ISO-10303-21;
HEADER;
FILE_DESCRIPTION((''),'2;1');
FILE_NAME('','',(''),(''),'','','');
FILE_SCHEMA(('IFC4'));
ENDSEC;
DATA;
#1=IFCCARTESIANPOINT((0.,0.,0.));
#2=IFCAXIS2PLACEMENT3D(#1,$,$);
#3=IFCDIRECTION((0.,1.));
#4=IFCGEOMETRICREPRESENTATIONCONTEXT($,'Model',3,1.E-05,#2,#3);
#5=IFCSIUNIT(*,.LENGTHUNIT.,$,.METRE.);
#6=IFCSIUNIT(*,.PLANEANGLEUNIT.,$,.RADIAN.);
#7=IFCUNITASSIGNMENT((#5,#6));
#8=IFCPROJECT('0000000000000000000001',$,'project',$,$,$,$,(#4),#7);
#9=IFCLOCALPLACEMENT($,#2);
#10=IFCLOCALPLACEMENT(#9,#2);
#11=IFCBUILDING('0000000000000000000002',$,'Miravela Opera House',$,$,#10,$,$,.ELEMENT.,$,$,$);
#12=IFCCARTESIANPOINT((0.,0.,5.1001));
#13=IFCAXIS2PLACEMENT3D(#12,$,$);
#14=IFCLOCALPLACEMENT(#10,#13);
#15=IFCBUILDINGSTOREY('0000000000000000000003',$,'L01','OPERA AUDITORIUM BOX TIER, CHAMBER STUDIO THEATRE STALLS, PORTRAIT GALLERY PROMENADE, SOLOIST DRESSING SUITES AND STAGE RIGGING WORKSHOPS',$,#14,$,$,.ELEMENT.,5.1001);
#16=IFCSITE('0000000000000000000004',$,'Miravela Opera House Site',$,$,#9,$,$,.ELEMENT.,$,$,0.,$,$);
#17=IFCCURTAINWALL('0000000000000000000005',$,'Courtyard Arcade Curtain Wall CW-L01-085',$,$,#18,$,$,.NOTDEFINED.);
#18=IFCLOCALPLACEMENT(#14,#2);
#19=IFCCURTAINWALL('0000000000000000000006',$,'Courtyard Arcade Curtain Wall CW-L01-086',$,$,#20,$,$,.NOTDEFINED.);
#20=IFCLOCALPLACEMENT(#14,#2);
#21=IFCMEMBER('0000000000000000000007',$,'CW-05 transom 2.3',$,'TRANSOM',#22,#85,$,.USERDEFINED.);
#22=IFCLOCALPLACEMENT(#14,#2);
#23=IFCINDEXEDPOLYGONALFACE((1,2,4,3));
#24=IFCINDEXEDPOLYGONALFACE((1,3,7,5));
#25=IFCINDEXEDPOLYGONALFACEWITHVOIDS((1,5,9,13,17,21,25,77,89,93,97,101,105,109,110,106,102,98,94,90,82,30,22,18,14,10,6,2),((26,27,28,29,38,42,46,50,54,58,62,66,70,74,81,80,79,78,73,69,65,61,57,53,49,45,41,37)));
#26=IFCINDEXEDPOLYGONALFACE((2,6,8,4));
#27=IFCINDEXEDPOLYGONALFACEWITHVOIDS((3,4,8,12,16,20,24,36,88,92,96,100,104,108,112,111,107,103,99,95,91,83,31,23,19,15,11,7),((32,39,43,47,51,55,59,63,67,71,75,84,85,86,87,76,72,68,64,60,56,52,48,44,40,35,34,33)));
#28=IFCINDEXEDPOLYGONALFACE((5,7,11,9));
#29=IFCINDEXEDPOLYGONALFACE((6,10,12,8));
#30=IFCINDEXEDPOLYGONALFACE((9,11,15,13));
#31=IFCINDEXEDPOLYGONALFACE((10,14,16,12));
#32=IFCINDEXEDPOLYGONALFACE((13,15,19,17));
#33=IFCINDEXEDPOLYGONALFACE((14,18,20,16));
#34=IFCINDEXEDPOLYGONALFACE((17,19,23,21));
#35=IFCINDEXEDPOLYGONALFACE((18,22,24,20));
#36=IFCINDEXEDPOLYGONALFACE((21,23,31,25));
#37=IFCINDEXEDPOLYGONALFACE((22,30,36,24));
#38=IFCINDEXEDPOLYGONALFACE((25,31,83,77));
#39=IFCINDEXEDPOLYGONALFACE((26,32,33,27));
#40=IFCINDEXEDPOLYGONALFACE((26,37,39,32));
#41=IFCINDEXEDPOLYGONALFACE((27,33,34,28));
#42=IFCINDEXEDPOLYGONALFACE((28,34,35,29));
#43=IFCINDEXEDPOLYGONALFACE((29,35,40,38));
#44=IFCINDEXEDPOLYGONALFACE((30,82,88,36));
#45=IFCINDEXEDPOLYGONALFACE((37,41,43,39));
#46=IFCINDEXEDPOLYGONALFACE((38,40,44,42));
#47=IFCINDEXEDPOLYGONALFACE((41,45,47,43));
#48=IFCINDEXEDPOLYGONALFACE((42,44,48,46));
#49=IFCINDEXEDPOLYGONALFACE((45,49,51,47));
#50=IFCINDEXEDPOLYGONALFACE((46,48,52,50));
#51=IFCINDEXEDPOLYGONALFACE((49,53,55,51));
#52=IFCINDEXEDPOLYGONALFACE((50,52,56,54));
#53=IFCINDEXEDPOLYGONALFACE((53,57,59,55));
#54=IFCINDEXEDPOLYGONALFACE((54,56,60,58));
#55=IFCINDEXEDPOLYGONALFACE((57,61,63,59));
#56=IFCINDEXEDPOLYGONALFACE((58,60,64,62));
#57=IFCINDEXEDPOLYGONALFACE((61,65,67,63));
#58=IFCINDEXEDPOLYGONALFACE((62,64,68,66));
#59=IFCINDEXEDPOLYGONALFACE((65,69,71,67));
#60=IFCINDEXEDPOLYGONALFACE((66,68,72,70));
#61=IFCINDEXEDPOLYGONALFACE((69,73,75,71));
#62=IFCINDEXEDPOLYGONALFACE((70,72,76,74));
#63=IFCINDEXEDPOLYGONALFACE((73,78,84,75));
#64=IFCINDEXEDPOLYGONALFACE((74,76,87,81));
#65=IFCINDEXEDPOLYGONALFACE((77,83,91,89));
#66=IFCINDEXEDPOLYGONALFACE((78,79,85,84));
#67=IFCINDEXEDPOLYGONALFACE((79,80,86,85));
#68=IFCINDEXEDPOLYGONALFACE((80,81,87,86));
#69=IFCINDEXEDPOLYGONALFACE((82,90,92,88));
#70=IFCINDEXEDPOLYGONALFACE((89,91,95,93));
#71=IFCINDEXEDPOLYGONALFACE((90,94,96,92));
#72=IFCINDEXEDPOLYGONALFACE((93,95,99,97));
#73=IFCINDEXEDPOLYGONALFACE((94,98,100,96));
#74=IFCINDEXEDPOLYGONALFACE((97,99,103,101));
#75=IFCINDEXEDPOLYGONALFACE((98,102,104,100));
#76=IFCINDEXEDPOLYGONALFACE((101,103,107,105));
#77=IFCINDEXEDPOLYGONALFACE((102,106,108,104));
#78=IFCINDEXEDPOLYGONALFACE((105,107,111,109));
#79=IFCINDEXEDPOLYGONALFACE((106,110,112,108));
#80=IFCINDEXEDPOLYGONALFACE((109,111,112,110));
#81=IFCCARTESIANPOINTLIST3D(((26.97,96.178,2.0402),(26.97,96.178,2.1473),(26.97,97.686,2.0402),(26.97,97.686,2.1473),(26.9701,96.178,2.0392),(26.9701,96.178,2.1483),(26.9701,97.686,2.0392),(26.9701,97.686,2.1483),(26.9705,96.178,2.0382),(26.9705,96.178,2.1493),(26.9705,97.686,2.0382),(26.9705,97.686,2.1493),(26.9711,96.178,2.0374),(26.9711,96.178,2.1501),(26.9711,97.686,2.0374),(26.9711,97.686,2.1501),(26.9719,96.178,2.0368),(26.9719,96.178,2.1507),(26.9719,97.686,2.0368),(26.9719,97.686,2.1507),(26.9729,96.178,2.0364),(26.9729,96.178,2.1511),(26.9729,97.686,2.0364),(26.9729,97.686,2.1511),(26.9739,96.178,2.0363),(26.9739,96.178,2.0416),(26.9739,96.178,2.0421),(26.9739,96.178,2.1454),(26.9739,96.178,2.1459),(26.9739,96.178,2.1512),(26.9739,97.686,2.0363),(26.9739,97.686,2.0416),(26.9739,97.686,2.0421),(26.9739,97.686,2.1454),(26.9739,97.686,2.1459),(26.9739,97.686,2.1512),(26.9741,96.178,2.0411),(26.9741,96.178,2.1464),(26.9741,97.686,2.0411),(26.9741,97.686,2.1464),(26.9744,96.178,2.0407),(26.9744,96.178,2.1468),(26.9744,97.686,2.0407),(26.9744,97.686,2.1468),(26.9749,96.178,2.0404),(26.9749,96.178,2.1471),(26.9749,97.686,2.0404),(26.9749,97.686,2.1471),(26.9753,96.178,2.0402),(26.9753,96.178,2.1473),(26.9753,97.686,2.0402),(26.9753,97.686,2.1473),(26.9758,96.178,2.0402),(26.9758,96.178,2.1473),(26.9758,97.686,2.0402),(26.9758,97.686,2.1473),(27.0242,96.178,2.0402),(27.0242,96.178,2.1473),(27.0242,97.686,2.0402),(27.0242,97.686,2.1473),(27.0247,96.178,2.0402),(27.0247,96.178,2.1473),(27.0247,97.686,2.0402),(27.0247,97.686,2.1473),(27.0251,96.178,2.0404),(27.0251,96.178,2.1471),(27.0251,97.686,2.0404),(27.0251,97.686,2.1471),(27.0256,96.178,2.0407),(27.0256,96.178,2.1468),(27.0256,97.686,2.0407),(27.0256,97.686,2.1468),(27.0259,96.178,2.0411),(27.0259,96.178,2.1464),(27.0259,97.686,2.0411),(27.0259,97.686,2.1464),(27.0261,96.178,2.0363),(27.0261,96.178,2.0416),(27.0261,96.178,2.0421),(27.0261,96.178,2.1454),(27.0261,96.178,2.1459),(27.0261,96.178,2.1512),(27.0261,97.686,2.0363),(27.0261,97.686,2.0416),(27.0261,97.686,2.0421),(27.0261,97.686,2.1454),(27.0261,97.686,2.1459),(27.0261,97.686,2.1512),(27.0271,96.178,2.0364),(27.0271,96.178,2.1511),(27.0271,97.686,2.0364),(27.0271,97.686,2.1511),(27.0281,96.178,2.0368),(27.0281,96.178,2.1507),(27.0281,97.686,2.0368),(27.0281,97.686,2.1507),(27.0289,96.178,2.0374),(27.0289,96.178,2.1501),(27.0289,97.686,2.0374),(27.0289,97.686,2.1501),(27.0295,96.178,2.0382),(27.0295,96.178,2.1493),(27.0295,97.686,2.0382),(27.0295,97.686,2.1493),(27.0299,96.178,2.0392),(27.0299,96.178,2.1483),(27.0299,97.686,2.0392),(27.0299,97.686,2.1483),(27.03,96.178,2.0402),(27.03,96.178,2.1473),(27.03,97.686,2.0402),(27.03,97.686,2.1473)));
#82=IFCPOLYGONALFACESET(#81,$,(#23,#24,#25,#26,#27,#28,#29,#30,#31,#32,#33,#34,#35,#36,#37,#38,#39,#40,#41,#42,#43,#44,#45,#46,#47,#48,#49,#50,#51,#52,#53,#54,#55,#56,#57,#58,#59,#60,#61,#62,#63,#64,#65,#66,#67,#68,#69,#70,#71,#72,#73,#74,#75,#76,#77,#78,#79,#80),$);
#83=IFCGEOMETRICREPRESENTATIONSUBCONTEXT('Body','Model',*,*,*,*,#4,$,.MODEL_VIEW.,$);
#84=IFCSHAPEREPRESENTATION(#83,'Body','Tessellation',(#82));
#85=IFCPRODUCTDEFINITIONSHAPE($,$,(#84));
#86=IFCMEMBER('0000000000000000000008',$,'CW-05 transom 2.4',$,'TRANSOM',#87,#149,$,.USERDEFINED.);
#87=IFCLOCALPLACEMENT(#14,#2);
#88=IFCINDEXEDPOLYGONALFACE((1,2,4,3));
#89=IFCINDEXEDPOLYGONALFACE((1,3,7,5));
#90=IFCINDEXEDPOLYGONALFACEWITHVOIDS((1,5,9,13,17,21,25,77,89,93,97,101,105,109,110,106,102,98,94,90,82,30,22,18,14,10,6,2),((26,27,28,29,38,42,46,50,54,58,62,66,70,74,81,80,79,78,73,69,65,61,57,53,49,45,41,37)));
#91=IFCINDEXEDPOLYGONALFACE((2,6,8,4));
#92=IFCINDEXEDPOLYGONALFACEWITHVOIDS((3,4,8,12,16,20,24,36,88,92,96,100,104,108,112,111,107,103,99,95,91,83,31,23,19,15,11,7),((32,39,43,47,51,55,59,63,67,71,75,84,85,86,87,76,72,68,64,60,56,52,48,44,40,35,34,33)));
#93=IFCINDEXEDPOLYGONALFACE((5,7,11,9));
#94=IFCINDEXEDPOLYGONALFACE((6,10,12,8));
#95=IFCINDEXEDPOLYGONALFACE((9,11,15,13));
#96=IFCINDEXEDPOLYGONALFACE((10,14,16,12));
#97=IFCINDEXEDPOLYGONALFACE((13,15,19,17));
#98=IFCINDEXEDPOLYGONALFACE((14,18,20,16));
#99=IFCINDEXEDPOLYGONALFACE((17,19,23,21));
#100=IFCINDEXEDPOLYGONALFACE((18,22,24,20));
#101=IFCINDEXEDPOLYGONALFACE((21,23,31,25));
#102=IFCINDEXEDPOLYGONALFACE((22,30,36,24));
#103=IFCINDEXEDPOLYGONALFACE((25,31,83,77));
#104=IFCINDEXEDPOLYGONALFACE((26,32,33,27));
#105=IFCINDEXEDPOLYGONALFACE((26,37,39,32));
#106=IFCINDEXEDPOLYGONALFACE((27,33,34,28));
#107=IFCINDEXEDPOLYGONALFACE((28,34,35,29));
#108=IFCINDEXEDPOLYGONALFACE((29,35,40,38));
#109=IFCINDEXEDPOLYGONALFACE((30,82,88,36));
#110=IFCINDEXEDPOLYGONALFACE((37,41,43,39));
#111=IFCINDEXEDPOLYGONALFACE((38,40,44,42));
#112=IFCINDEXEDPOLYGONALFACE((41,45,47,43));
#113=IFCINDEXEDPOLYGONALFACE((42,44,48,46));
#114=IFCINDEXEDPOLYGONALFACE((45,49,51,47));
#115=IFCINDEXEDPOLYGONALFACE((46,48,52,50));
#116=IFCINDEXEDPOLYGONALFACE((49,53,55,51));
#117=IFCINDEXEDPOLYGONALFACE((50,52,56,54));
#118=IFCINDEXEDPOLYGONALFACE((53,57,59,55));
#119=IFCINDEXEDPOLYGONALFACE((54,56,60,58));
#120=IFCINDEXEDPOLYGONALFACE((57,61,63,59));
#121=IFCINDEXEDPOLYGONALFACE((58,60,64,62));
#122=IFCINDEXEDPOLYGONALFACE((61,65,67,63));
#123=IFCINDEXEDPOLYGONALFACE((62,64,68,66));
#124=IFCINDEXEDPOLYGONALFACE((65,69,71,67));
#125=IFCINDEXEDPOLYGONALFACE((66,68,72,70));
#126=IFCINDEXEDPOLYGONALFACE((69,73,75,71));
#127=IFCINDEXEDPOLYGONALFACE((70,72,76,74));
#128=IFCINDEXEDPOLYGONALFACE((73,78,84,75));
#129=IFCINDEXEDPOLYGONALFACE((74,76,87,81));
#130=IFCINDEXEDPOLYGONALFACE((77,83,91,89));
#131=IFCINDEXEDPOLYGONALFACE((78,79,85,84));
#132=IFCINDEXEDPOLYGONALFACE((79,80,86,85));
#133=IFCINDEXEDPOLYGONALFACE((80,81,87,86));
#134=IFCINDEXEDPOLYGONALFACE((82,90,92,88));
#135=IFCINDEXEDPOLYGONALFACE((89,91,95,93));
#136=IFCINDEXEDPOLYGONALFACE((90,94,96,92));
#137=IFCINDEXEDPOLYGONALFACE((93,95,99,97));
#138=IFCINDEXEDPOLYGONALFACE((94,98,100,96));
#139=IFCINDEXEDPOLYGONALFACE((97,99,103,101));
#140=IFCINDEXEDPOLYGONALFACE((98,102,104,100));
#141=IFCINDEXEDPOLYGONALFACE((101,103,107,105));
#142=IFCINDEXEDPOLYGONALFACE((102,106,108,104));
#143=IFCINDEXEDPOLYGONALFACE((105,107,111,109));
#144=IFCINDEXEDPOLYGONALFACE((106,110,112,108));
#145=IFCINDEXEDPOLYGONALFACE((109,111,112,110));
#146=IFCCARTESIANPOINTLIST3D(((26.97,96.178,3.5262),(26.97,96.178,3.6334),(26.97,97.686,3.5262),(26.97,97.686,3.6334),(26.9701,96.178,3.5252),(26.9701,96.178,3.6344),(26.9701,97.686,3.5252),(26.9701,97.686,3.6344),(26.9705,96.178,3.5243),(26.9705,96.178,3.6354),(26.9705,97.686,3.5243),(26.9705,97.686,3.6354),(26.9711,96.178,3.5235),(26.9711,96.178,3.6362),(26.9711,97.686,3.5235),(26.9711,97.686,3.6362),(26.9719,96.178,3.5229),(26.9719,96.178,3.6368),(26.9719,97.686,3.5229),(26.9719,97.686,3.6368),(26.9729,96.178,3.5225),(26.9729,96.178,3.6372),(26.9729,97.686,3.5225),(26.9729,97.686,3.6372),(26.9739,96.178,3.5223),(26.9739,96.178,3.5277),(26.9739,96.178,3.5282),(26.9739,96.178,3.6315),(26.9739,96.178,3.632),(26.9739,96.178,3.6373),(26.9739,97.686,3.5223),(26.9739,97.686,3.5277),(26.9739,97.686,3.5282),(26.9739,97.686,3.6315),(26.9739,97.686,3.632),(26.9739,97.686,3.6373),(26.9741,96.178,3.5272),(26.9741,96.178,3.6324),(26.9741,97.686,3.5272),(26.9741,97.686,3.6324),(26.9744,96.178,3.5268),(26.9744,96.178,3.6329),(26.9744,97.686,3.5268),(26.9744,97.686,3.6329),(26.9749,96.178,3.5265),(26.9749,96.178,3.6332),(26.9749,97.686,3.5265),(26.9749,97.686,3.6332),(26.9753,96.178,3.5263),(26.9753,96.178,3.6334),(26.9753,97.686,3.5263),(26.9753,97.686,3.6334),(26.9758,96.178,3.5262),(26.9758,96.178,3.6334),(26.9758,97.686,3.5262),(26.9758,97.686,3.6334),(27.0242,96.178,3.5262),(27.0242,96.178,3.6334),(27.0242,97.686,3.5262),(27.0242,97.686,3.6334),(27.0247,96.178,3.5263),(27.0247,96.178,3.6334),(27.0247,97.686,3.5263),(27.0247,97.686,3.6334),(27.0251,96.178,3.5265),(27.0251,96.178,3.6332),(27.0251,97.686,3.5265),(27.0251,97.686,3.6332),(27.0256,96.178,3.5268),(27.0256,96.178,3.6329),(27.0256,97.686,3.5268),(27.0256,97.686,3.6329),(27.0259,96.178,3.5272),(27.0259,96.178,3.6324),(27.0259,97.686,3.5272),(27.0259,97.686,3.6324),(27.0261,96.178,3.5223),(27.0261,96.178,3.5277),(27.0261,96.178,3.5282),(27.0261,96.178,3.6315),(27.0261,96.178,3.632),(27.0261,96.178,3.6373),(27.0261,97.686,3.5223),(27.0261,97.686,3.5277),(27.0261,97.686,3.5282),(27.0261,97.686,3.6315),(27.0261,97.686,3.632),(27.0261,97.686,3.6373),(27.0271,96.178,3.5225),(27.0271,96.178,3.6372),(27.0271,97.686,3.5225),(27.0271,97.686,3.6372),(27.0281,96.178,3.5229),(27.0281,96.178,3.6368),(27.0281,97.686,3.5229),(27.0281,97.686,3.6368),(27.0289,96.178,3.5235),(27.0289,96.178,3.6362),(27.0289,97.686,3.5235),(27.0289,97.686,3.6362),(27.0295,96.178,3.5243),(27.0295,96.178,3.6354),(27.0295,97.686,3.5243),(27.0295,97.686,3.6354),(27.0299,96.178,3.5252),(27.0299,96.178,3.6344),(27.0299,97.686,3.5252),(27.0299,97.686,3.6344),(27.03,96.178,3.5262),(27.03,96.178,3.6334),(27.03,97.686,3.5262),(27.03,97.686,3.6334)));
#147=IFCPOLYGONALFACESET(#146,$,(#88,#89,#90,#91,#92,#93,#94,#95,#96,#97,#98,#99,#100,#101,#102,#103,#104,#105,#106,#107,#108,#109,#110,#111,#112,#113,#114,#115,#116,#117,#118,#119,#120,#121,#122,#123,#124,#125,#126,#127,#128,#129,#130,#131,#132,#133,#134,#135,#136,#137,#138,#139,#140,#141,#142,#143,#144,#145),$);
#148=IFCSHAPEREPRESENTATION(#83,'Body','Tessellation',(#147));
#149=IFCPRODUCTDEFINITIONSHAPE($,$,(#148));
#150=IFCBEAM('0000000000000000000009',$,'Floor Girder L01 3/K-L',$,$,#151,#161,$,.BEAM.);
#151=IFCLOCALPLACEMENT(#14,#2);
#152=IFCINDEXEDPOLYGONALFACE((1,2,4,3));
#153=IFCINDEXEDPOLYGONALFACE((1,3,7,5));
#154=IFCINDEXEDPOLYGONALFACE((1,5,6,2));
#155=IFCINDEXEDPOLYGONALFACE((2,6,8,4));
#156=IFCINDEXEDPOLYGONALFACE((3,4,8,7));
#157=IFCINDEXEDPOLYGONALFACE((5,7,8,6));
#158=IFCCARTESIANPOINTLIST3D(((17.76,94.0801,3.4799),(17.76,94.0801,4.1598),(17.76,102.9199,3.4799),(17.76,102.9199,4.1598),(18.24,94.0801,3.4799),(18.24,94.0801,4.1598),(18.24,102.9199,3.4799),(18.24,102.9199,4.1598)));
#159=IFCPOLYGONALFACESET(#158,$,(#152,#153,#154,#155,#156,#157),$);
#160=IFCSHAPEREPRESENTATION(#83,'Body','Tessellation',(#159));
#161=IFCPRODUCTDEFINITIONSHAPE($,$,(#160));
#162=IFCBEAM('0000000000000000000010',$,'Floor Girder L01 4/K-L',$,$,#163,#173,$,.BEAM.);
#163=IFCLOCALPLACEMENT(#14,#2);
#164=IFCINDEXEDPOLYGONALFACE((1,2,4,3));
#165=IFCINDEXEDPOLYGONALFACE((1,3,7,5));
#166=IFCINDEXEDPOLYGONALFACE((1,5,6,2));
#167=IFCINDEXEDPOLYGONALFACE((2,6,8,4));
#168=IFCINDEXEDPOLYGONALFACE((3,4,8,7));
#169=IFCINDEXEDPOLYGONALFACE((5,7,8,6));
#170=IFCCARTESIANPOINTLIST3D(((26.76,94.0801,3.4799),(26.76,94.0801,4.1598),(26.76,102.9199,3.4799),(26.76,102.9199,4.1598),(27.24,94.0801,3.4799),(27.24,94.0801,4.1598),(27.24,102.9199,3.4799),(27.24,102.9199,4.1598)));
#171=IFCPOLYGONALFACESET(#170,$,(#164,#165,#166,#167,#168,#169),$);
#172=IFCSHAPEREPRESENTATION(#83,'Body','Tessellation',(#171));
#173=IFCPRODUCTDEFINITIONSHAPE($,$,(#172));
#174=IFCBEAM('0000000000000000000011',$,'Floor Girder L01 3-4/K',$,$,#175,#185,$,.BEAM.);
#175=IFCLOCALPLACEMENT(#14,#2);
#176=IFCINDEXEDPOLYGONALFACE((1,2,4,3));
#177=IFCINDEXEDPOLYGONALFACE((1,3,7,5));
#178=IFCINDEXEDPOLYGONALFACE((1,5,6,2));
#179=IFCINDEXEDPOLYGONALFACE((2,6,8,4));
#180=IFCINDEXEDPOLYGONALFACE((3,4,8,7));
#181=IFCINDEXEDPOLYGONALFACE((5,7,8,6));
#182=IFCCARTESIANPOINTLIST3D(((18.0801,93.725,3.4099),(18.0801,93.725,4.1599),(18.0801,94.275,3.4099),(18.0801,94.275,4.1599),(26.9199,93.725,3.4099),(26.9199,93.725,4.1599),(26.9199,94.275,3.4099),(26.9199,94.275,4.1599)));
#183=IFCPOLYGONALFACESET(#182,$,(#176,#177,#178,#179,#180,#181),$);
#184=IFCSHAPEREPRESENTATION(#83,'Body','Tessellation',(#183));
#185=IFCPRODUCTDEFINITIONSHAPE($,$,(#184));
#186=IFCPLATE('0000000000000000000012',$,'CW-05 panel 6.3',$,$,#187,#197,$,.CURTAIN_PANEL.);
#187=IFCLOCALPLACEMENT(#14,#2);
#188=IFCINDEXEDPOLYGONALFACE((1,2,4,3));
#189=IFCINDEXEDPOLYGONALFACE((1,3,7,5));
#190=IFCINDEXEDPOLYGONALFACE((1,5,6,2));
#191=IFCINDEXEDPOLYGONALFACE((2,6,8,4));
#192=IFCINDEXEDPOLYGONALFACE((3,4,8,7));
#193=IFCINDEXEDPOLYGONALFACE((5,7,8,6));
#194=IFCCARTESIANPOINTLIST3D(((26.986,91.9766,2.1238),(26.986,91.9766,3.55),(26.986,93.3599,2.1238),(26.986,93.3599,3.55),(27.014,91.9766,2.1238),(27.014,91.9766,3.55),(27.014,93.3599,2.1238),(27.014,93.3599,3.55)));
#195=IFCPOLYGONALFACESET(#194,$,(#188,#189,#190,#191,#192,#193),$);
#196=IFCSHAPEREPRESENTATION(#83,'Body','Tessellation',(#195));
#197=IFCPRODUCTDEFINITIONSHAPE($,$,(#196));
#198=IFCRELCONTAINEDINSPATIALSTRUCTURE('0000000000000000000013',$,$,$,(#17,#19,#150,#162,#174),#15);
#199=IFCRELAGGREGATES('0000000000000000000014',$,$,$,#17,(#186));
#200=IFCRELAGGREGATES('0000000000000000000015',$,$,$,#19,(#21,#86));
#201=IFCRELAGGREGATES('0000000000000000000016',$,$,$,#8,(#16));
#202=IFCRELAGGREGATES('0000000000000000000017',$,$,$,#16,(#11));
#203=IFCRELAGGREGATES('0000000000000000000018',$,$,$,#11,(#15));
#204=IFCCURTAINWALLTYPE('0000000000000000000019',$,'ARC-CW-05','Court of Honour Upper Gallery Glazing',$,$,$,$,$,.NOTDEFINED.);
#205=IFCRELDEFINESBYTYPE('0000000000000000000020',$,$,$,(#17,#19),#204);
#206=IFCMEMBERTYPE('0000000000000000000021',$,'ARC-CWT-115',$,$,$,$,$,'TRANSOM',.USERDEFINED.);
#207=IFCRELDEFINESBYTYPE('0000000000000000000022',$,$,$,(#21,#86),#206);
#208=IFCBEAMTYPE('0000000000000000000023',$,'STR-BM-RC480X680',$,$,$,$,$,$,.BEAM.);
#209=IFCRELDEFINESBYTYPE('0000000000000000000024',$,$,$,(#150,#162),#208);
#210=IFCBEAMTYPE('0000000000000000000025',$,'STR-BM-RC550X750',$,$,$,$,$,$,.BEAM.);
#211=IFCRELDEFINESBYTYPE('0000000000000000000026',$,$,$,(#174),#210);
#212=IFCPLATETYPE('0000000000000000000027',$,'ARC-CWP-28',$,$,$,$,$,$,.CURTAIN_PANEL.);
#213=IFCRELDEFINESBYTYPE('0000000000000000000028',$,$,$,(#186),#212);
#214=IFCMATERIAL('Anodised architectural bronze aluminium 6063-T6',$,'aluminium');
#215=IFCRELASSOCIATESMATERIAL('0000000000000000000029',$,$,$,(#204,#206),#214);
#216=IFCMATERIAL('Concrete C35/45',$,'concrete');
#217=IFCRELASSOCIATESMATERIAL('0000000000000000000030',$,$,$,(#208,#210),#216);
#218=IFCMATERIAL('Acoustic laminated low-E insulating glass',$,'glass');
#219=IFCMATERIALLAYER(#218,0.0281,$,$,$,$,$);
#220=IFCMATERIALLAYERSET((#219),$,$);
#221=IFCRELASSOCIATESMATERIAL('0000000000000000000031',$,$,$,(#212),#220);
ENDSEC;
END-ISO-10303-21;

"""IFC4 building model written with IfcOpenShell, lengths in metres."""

from ifc_helpers import new_model, si_unit, direction, frame, origin, origin_2d, place, context, subcontext, project, spatial, rectangle, hollow_rectangle, extrude, material, layer, layer_set, material_profile, profile_set, type_object, element, aggregate, save


model = new_model("IFC4")

# Units and contexts
model_context = context("Model", 3, precision=1e-05, world=origin(), true_north=direction((0.0, 1.0)))
body_context = subcontext(model_context, "Body", "Model", "MODEL_VIEW")
ifc_project = project(units=[si_unit("LENGTHUNIT", "METRE"), si_unit("PLANEANGLEUNIT", "RADIAN")], contexts=[model_context])

# Site, building, storey
site_placement = place(None, origin())
site = spatial("IfcSite", under=ifc_project, at=site_placement, Name="Miravela Opera House Site", CompositionType="ELEMENT", RefElevation=0.0)
building_placement = place(site_placement, origin())
building = spatial("IfcBuilding", under=site, at=building_placement, Name="Miravela Opera House", CompositionType="ELEMENT")
storey_placement = place(building_placement, frame((0.0, 0.0, 5.1001)))
storey = spatial("IfcBuildingStorey", under=building, at=storey_placement, Name="L01", Description="OPERA AUDITORIUM BOX TIER, CHAMBER STUDIO THEATRE STALLS, PORTRAIT GALLERY PROMENADE, SOLOIST DRESSING SUITES AND STAGE RIGGING WORKSHOPS", CompositionType="ELEMENT", Elevation=5.1001)

# Shared definitions
ifc_material_1 = material(Name="Concrete C35/45", Category="concrete")

# Curtain wall
ifc_material_2 = material(Name="Anodised architectural bronze aluminium 6063-T6", Category="aluminium")
curtain_wall_type = type_object("IfcCurtainWallType", Name="ARC-CW-05", Description="Court of Honour Upper Gallery Glazing", PredefinedType="NOTDEFINED", material=ifc_material_2)
curtain_wall_1_placement = place(storey_placement, origin())
curtain_wall_1 = element("IfcCurtainWall", 1, at=curtain_wall_1_placement, inside=storey, type_object=curtain_wall_type, Name="Courtyard Arcade Curtain Wall CW-L01-085", PredefinedType="NOTDEFINED")

# Curtain wall, members
curtain_wall_2_placement = place(storey_placement, origin())
curtain_wall_2 = element("IfcCurtainWall", 2, at=curtain_wall_2_placement, inside=storey, type_object=curtain_wall_type, Name="Courtyard Arcade Curtain Wall CW-L01-086", PredefinedType="NOTDEFINED")
ifc_material_profile_1 = material_profile(ifc_material_2, hollow_rectangle(XDim=0.0601, YDim=0.115, WallThickness=0.0039, InnerFilletRadius=0.002, OuterFilletRadius=0.0039, at=origin_2d()), Name="CWT-60X115")
ifc_profile_set_1 = profile_set([ifc_material_profile_1])
member_type_1 = type_object("IfcMemberType", Name="ARC-CWT-115", ElementType="TRANSOM", PredefinedType="USERDEFINED", material=ifc_profile_set_1)
member_1_placement = place(storey_placement, frame((27.0, 96.178, 2.0938), z_axis=(0.0, 1.0, 0.0), x_axis=(-1.0, 0.0, 0.0)))
member_1 = element("IfcMember", 3, at=member_1_placement, type_object=member_type_1, Name="CW-05 transom 2.3", ObjectType="TRANSOM", PredefinedType="USERDEFINED", context=body_context, shape_type="SweptSolid", body=[
    extrude(hollow_rectangle(XDim=0.0601, YDim=0.115, WallThickness=0.0039, InnerFilletRadius=0.002, OuterFilletRadius=0.0039, at=origin_2d()), origin(), (0.0, 0.0, 1.0), 1.5081),
])
member_2_placement = place(storey_placement, frame((27.0, 96.178, 3.5798), z_axis=(0.0, 1.0, 0.0), x_axis=(-1.0, 0.0, 0.0)))
member_2 = element("IfcMember", 4, at=member_2_placement, type_object=member_type_1, Name="CW-05 transom 2.4", ObjectType="TRANSOM", PredefinedType="USERDEFINED", context=body_context, shape_type="SweptSolid", body=[
    extrude(hollow_rectangle(XDim=0.0601, YDim=0.115, WallThickness=0.0039, InnerFilletRadius=0.002, OuterFilletRadius=0.0039, at=origin_2d()), origin(), (0.0, 0.0, 1.0), 1.5081),
])

# Beams
ifc_material_profile_2 = material_profile(ifc_material_1, rectangle(XDim=0.48, YDim=0.6799, at=origin_2d()), Name="RC-BM-480X680")
ifc_profile_set_2 = profile_set([ifc_material_profile_2])
beam_type_1 = type_object("IfcBeamType", Name="STR-BM-RC480X680", PredefinedType="BEAM", material=ifc_profile_set_2)
for number, where, z_axis, x_axis, name in (
    (5, (18.0, 94.0801, 3.8198), (0.0, 1.0, 0.0), (-1.0, 0.0, 0.0), "Floor Girder L01 3/K-L"),
    (6, (27.0, 94.0801, 3.8198), (0.0, 1.0, 0.0), (-1.0, 0.0, 0.0), "Floor Girder L01 4/K-L"),
):
    element("IfcBeam", number, at=place(storey_placement, frame(where, z_axis=z_axis, x_axis=x_axis)), inside=storey, type_object=beam_type_1, Name=name, PredefinedType="BEAM", context=body_context, shape_type="SweptSolid", body=[
        extrude(rectangle(XDim=0.48, YDim=0.6799, at=origin_2d()), origin(), (0.0, 0.0, 1.0), 8.8398),
    ])
ifc_material_profile_3 = material_profile(ifc_material_1, rectangle(XDim=0.55, YDim=0.75, at=origin_2d()), Name="RC-BM-550X750")
ifc_profile_set_3 = profile_set([ifc_material_profile_3])
beam_type_2 = type_object("IfcBeamType", Name="STR-BM-RC550X750", PredefinedType="BEAM", material=ifc_profile_set_3)
beam_placement = place(storey_placement, frame((18.0801, 94.0, 3.7849), z_axis=(1.0, 0.0, 0.0), x_axis=(0.0, 1.0, 0.0)))
element("IfcBeam", 7, at=beam_placement, inside=storey, type_object=beam_type_2, Name="Floor Girder L01 3-4/K", PredefinedType="BEAM", context=body_context, shape_type="SweptSolid", body=[
    extrude(rectangle(XDim=0.55, YDim=0.75, at=origin_2d()), origin(), (0.0, 0.0, 1.0), 8.8398),
])

# Plate
ifc_material_3 = material(Name="Acoustic laminated low-E insulating glass", Category="glass")
ifc_layer = layer(ifc_material_3, 0.0281)
ifc_layer_set = layer_set([ifc_layer])
plate_type = type_object("IfcPlateType", Name="ARC-CWP-28", PredefinedType="CURTAIN_PANEL", material=ifc_layer_set)
plate_1_placement = place(storey_placement, frame((27.0, 92.6682, 2.1238), z_axis=(0.0, 0.0, 1.0), x_axis=(0.0, 1.0, 0.0)))
plate_1 = element("IfcPlate", 8, at=plate_1_placement, type_object=plate_type, Name="CW-05 panel 6.3", PredefinedType="CURTAIN_PANEL", context=body_context, shape_type="SweptSolid", body=[
    extrude(rectangle(XDim=1.3833, YDim=0.0281, at=origin_2d()), origin(), (0.0, 0.0, 1.0), 1.4263),
])
aggregate(curtain_wall_1, [plate_1])
aggregate(curtain_wall_2, [member_1, member_2])

save(model, "model.ifc")
